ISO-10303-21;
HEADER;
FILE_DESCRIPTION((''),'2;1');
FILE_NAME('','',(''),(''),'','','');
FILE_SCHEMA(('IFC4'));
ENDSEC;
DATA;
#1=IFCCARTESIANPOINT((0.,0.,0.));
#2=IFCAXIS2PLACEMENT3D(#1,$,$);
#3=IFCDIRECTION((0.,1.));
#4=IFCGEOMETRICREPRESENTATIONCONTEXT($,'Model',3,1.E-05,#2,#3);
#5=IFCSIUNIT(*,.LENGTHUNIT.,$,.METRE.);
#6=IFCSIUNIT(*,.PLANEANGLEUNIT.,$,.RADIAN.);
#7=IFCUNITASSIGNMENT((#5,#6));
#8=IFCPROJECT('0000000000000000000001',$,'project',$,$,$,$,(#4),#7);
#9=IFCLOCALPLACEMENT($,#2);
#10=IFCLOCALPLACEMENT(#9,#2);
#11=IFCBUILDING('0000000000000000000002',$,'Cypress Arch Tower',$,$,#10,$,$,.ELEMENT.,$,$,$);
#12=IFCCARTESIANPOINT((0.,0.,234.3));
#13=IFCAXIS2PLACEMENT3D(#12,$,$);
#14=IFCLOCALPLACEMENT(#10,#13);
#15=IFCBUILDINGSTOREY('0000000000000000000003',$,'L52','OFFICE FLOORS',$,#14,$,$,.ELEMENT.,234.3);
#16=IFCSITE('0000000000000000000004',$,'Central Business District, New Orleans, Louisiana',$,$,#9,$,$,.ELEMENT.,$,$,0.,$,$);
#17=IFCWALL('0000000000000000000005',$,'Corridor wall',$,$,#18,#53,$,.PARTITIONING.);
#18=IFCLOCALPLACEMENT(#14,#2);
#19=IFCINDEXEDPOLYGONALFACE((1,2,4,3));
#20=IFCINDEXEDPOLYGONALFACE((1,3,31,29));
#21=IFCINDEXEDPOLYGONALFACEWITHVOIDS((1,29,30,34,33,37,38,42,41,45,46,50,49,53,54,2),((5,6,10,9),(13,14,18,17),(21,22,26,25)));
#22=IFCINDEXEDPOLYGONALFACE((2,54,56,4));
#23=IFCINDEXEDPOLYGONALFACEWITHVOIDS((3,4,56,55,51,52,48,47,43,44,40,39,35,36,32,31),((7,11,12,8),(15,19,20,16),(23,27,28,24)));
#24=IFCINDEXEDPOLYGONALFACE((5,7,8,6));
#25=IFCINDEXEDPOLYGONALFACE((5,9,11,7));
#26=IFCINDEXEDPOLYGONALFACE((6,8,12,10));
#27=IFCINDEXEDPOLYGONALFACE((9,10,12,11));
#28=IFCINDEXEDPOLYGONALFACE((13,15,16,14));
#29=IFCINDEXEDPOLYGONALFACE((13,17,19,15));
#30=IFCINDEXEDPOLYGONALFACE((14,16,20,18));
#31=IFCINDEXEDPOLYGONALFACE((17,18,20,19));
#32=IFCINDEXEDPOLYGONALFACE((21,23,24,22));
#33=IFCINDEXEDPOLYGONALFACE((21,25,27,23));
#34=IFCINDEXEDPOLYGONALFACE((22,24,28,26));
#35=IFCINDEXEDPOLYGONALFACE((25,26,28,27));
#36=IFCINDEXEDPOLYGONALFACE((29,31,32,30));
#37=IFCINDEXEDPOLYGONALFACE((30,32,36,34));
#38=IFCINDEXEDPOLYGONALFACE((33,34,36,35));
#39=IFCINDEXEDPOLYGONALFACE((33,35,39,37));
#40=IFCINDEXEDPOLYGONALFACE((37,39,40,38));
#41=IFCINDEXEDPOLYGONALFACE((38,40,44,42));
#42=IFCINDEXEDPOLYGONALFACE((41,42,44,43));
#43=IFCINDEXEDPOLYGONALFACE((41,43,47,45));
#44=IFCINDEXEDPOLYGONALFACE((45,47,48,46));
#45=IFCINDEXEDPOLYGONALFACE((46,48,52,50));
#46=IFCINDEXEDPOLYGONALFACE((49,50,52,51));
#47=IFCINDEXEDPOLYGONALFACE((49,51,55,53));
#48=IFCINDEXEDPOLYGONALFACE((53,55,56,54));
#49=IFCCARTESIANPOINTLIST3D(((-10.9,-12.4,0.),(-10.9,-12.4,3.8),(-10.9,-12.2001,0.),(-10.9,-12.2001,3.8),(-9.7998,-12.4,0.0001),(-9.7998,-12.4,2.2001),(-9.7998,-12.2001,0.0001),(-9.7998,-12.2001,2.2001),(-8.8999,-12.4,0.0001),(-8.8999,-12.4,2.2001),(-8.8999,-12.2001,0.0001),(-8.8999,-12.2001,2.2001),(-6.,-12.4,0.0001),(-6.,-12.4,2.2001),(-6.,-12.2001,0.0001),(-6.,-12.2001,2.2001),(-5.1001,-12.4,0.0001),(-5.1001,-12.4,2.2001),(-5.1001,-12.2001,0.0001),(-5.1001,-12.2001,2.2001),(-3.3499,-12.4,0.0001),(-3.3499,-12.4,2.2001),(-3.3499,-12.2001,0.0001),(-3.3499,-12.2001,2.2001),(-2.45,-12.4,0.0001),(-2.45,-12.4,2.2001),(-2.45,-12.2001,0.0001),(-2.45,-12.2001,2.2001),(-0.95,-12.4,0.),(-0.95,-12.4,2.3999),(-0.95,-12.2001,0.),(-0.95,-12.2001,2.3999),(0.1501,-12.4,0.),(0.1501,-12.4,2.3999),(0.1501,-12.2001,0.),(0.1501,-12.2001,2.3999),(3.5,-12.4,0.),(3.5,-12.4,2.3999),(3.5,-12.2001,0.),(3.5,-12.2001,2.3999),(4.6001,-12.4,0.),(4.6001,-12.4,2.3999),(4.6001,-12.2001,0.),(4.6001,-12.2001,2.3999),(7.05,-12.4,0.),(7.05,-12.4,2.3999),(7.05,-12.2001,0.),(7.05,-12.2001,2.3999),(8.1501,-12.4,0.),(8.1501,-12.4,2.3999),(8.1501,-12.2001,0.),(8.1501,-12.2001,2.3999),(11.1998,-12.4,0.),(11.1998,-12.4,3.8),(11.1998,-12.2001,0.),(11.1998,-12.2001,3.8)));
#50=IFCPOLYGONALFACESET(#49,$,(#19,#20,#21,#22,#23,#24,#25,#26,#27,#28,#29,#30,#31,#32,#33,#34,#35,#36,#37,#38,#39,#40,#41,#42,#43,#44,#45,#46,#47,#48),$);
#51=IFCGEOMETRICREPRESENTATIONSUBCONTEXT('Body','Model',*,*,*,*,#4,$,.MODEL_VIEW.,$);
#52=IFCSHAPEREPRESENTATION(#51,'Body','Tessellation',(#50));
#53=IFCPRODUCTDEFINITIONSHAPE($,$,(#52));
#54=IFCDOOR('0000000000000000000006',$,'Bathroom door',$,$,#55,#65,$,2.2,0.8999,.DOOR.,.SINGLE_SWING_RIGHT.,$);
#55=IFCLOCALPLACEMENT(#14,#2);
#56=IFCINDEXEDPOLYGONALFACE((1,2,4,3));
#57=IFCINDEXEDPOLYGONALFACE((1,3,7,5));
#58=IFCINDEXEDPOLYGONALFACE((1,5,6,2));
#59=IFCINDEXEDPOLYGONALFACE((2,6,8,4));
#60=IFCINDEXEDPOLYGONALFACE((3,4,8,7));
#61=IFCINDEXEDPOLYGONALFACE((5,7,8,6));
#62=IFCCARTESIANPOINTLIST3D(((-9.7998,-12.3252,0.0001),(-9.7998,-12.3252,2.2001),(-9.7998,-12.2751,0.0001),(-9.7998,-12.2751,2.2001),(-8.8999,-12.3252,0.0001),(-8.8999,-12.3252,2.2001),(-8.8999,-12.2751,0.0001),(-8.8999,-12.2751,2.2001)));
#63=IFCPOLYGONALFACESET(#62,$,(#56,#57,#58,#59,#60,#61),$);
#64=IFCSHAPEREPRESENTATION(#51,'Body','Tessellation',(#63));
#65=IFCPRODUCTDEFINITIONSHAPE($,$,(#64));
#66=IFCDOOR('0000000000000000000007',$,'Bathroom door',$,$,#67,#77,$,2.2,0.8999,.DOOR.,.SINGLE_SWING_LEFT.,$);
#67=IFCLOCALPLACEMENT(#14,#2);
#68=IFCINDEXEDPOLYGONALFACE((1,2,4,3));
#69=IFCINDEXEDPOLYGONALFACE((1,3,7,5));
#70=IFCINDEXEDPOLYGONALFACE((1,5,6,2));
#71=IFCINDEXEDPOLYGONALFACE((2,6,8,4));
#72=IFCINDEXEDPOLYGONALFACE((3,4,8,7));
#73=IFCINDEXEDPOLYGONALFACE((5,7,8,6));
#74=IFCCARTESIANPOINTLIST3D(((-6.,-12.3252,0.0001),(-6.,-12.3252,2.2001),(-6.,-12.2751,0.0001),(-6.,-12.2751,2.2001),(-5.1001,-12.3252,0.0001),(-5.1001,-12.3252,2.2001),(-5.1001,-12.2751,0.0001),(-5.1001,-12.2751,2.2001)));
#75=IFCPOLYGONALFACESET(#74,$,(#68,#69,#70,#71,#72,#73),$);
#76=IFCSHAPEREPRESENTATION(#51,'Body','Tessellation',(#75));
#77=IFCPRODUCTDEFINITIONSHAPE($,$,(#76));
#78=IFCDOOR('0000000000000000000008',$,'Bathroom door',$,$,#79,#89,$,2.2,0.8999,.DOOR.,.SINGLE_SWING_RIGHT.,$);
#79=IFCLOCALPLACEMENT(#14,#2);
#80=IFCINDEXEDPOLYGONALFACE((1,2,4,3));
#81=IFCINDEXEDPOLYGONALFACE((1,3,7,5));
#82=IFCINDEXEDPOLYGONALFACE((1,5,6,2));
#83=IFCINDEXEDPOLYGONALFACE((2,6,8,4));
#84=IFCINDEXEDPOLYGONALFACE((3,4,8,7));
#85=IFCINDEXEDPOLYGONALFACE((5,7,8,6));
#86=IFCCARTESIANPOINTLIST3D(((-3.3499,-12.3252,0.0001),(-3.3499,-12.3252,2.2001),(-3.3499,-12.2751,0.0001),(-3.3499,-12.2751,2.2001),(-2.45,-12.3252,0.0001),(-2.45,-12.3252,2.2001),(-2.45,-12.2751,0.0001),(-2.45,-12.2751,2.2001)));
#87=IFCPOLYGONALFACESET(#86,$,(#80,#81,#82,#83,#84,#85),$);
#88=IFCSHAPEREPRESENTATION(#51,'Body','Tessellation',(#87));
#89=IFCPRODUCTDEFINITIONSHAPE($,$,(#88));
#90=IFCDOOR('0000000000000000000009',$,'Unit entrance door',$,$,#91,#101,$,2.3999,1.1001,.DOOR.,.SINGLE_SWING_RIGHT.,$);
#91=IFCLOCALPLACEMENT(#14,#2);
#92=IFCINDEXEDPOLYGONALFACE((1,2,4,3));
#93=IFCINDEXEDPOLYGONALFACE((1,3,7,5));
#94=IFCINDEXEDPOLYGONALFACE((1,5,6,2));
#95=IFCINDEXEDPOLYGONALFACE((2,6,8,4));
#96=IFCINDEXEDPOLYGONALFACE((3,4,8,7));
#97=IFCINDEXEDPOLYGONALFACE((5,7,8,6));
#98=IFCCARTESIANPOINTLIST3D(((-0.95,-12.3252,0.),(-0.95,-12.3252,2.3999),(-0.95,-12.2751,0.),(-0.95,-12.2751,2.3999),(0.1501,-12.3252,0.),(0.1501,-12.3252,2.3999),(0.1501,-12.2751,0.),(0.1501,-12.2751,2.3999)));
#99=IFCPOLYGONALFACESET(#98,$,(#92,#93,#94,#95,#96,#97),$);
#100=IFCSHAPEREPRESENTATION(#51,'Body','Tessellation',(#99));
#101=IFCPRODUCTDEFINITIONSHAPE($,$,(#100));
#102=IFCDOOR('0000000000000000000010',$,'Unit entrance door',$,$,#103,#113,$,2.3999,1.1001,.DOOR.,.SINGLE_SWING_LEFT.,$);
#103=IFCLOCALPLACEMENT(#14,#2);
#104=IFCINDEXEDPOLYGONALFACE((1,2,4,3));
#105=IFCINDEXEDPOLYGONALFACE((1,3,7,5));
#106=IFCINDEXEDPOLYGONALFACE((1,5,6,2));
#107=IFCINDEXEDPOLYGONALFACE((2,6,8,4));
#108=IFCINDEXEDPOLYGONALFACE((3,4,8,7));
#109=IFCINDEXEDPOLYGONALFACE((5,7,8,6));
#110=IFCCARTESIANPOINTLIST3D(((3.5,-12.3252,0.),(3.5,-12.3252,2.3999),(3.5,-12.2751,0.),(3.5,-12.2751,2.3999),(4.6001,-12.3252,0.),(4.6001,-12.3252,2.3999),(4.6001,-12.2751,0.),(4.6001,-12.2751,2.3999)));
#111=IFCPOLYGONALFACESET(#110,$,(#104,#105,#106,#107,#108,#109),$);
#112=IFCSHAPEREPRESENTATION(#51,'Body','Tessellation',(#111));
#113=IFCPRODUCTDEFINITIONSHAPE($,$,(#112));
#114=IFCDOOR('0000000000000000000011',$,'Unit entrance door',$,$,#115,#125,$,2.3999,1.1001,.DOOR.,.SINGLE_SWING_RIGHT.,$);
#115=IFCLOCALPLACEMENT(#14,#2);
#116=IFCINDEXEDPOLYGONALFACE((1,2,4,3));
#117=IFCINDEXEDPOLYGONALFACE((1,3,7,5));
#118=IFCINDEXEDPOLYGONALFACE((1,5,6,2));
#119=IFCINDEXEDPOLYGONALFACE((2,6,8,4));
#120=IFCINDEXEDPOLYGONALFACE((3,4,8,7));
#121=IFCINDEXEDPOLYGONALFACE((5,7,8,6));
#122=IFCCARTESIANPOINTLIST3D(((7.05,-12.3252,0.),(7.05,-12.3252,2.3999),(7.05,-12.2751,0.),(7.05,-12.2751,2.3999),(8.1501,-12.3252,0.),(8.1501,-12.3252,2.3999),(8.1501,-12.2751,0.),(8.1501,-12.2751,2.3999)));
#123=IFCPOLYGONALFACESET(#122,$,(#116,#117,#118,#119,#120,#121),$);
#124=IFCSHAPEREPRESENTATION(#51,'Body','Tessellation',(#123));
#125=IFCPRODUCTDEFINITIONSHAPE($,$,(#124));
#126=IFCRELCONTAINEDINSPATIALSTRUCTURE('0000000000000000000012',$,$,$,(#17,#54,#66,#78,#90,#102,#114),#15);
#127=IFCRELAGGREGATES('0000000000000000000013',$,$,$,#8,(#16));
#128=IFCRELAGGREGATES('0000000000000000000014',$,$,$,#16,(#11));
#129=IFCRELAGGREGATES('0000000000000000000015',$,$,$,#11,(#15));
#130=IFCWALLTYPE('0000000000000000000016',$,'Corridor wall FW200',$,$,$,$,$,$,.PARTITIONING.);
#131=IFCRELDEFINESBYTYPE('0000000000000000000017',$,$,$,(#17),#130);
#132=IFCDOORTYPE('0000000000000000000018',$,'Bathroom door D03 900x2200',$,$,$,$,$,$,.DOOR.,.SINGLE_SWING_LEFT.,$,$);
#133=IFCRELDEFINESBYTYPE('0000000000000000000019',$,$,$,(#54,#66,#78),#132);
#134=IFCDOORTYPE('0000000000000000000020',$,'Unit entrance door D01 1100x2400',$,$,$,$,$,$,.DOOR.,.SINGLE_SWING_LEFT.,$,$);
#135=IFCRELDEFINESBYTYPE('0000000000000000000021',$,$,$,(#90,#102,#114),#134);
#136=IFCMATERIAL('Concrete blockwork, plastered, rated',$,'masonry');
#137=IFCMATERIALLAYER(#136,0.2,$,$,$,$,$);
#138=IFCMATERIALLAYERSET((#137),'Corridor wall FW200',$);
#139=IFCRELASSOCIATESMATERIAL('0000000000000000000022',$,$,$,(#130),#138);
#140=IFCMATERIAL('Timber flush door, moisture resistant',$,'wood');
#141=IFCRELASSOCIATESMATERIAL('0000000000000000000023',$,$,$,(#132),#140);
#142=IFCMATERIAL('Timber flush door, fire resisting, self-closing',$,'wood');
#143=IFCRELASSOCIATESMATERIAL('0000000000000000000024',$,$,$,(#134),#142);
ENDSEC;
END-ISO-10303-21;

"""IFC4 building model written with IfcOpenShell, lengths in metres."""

from ifc_helpers import new_model, si_unit, direction, frame, frame_2d, origin, place, context, subcontext, project, spatial, rectangle, extrude, material, layer, layer_set, type_object, element, fill, save


model = new_model("IFC4")

# Units and contexts
model_context = context("Model", 3, precision=1e-05, world=origin(), true_north=direction((0.0, 1.0)))
body_context = subcontext(model_context, "Body", "Model", "MODEL_VIEW")
ifc_project = project(units=[si_unit("LENGTHUNIT", "METRE"), si_unit("PLANEANGLEUNIT", "RADIAN")], contexts=[model_context])

# Site, building, storey
site_placement = place(None, origin())
site = spatial("IfcSite", under=ifc_project, at=site_placement, Name="Central Business District, New Orleans, Louisiana", CompositionType="ELEMENT", RefElevation=0.0)
building_placement = place(site_placement, origin())
building = spatial("IfcBuilding", under=site, at=building_placement, Name="Cypress Arch Tower", CompositionType="ELEMENT")
storey_placement = place(building_placement, frame((0.0, 0.0, 234.3)))
storey = spatial("IfcBuildingStorey", under=building, at=storey_placement, Name="L52", Description="OFFICE FLOORS", CompositionType="ELEMENT", Elevation=234.3)

# Shared definitions
ifc_material_1 = material(Name="Concrete blockwork, plastered, rated", Category="masonry")
ifc_layer_1 = layer(ifc_material_1, 0.2)
ifc_layer_set_1 = layer_set([ifc_layer_1], Name="Corridor wall FW200")
wall_type_1 = type_object("IfcWallType", Name="Corridor wall FW200", PredefinedType="PARTITIONING", material=ifc_layer_set_1)

# Wall, openings, doors
wall_1_placement = place(storey_placement, frame((-10.8999, -12.3, 0.0), z_axis=(0.0, 0.0, 1.0), x_axis=(1.0, 0.0, 0.0)))
wall_1 = element("IfcWall", 1, at=wall_1_placement, inside=storey, type_object=wall_type_1, Name="Corridor wall", PredefinedType="PARTITIONING", context=body_context, shape_type="SweptSolid", body=[
    extrude(rectangle(XDim=22.0999, YDim=0.2, at=frame_2d((11.0498, 0.0))), origin(), (0.0, 0.0, 1.0), 3.8),
])
opening_1_placement = place(wall_1_placement, frame((1.1001, 0.0, 0.0)))
opening_1 = element("IfcOpeningElement", 2, at=opening_1_placement, cuts=wall_1, PredefinedType="OPENING", context=body_context, shape_type="SweptSolid", body=[
    extrude(rectangle(XDim=0.8999, YDim=2.2, at=frame_2d((0.45, 1.1001))), frame((0.0, 0.1099, 0.0), z_axis=(0.0, -1.0, 0.0), x_axis=(1.0, 0.0, 0.0)), (0.0, 0.0, 1.0), 0.22),
])
opening_2_placement = place(wall_1_placement, frame((4.8999, 0.0, 0.0)))
opening_2 = element("IfcOpeningElement", 3, at=opening_2_placement, cuts=wall_1, PredefinedType="OPENING", context=body_context, shape_type="SweptSolid", body=[
    extrude(rectangle(XDim=0.8999, YDim=2.2, at=frame_2d((0.45, 1.1001))), frame((0.0, 0.1099, 0.0), z_axis=(0.0, -1.0, 0.0), x_axis=(1.0, 0.0, 0.0)), (0.0, 0.0, 1.0), 0.22),
])
opening_3_placement = place(wall_1_placement, frame((7.55, 0.0, 0.0)))
opening_3 = element("IfcOpeningElement", 4, at=opening_3_placement, cuts=wall_1, PredefinedType="OPENING", context=body_context, shape_type="SweptSolid", body=[
    extrude(rectangle(XDim=0.8999, YDim=2.2, at=frame_2d((0.45, 1.1001))), frame((0.0, 0.1099, 0.0), z_axis=(0.0, -1.0, 0.0), x_axis=(1.0, 0.0, 0.0)), (0.0, 0.0, 1.0), 0.22),
])
opening_4_placement = place(wall_1_placement, frame((9.95, 0.0, 0.0)))
opening_4 = element("IfcOpeningElement", 5, at=opening_4_placement, cuts=wall_1, PredefinedType="OPENING", context=body_context, shape_type="SweptSolid", body=[
    extrude(rectangle(XDim=1.1001, YDim=2.3999, at=frame_2d((0.55, 1.2))), frame((0.0, 0.1099, 0.0), z_axis=(0.0, -1.0, 0.0), x_axis=(1.0, 0.0, 0.0)), (0.0, 0.0, 1.0), 0.22),
])
opening_5_placement = place(wall_1_placement, frame((14.3999, 0.0, 0.0)))
opening_5 = element("IfcOpeningElement", 6, at=opening_5_placement, cuts=wall_1, PredefinedType="OPENING", context=body_context, shape_type="SweptSolid", body=[
    extrude(rectangle(XDim=1.1001, YDim=2.3999, at=frame_2d((0.55, 1.2))), frame((0.0, 0.1099, 0.0), z_axis=(0.0, -1.0, 0.0), x_axis=(1.0, 0.0, 0.0)), (0.0, 0.0, 1.0), 0.22),
])
opening_6_placement = place(wall_1_placement, frame((17.95, 0.0, 0.0)))
opening_6 = element("IfcOpeningElement", 7, at=opening_6_placement, cuts=wall_1, PredefinedType="OPENING", context=body_context, shape_type="SweptSolid", body=[
    extrude(rectangle(XDim=1.1001, YDim=2.3999, at=frame_2d((0.55, 1.2))), frame((0.0, 0.1099, 0.0), z_axis=(0.0, -1.0, 0.0), x_axis=(1.0, 0.0, 0.0)), (0.0, 0.0, 1.0), 0.22),
])
ifc_material_2 = material(Name="Timber flush door, moisture resistant", Category="wood")
door_type_1 = type_object("IfcDoorType", Name="Bathroom door D03 900x2200", OperationType="SINGLE_SWING_LEFT", PredefinedType="DOOR", material=ifc_material_2)
door_1_placement = place(opening_1_placement, origin())
door_1 = element("IfcDoor", 8, at=door_1_placement, inside=storey, type_object=door_type_1, Name="Bathroom door", OperationType="SINGLE_SWING_RIGHT", OverallHeight=2.2, OverallWidth=0.8999, PredefinedType="DOOR", context=body_context, shape_type="SweptSolid", body=[
    extrude(rectangle(XDim=0.8999, YDim=2.2, at=frame_2d((0.45, 1.1001))), frame((0.0, 0.0249, 0.0), z_axis=(0.0, -1.0, 0.0), x_axis=(1.0, 0.0, 0.0)), (0.0, 0.0, 1.0), 0.05),
])
fill(opening_1, door_1)
door_2_placement = place(opening_2_placement, origin())
door_2 = element("IfcDoor", 9, at=door_2_placement, inside=storey, type_object=door_type_1, Name="Bathroom door", OperationType="SINGLE_SWING_LEFT", OverallHeight=2.2, OverallWidth=0.8999, PredefinedType="DOOR", context=body_context, shape_type="SweptSolid", body=[
    extrude(rectangle(XDim=0.8999, YDim=2.2, at=frame_2d((0.45, 1.1001))), frame((0.0, 0.0249, 0.0), z_axis=(0.0, -1.0, 0.0), x_axis=(1.0, 0.0, 0.0)), (0.0, 0.0, 1.0), 0.05),
])
fill(opening_2, door_2)
door_3_placement = place(opening_3_placement, origin())
door_3 = element("IfcDoor", 10, at=door_3_placement, inside=storey, type_object=door_type_1, Name="Bathroom door", OperationType="SINGLE_SWING_RIGHT", OverallHeight=2.2, OverallWidth=0.8999, PredefinedType="DOOR", context=body_context, shape_type="SweptSolid", body=[
    extrude(rectangle(XDim=0.8999, YDim=2.2, at=frame_2d((0.45, 1.1001))), frame((0.0, 0.0249, 0.0), z_axis=(0.0, -1.0, 0.0), x_axis=(1.0, 0.0, 0.0)), (0.0, 0.0, 1.0), 0.05),
])
fill(opening_3, door_3)
ifc_material_3 = material(Name="Timber flush door, fire resisting, self-closing", Category="wood")
door_type_2 = type_object("IfcDoorType", Name="Unit entrance door D01 1100x2400", OperationType="SINGLE_SWING_LEFT", PredefinedType="DOOR", material=ifc_material_3)
door_4_placement = place(opening_4_placement, origin())
door_4 = element("IfcDoor", 11, at=door_4_placement, inside=storey, type_object=door_type_2, Name="Unit entrance door", OperationType="SINGLE_SWING_RIGHT", OverallHeight=2.3999, OverallWidth=1.1001, PredefinedType="DOOR", context=body_context, shape_type="SweptSolid", body=[
    extrude(rectangle(XDim=1.1001, YDim=2.3999, at=frame_2d((0.55, 1.2))), frame((0.0, 0.0249, 0.0), z_axis=(0.0, -1.0, 0.0), x_axis=(1.0, 0.0, 0.0)), (0.0, 0.0, 1.0), 0.05),
])
fill(opening_4, door_4)
door_5_placement = place(opening_5_placement, origin())
door_5 = element("IfcDoor", 12, at=door_5_placement, inside=storey, type_object=door_type_2, Name="Unit entrance door", OperationType="SINGLE_SWING_LEFT", OverallHeight=2.3999, OverallWidth=1.1001, PredefinedType="DOOR", context=body_context, shape_type="SweptSolid", body=[
    extrude(rectangle(XDim=1.1001, YDim=2.3999, at=frame_2d((0.55, 1.2))), frame((0.0, 0.0249, 0.0), z_axis=(0.0, -1.0, 0.0), x_axis=(1.0, 0.0, 0.0)), (0.0, 0.0, 1.0), 0.05),
])
fill(opening_5, door_5)
door_6_placement = place(opening_6_placement, origin())
door_6 = element("IfcDoor", 13, at=door_6_placement, inside=storey, type_object=door_type_2, Name="Unit entrance door", OperationType="SINGLE_SWING_RIGHT", OverallHeight=2.3999, OverallWidth=1.1001, PredefinedType="DOOR", context=body_context, shape_type="SweptSolid", body=[
    extrude(rectangle(XDim=1.1001, YDim=2.3999, at=frame_2d((0.55, 1.2))), frame((0.0, 0.0249, 0.0), z_axis=(0.0, -1.0, 0.0), x_axis=(1.0, 0.0, 0.0)), (0.0, 0.0, 1.0), 0.05),
])
fill(opening_6, door_6)

save(model, "model.ifc")
